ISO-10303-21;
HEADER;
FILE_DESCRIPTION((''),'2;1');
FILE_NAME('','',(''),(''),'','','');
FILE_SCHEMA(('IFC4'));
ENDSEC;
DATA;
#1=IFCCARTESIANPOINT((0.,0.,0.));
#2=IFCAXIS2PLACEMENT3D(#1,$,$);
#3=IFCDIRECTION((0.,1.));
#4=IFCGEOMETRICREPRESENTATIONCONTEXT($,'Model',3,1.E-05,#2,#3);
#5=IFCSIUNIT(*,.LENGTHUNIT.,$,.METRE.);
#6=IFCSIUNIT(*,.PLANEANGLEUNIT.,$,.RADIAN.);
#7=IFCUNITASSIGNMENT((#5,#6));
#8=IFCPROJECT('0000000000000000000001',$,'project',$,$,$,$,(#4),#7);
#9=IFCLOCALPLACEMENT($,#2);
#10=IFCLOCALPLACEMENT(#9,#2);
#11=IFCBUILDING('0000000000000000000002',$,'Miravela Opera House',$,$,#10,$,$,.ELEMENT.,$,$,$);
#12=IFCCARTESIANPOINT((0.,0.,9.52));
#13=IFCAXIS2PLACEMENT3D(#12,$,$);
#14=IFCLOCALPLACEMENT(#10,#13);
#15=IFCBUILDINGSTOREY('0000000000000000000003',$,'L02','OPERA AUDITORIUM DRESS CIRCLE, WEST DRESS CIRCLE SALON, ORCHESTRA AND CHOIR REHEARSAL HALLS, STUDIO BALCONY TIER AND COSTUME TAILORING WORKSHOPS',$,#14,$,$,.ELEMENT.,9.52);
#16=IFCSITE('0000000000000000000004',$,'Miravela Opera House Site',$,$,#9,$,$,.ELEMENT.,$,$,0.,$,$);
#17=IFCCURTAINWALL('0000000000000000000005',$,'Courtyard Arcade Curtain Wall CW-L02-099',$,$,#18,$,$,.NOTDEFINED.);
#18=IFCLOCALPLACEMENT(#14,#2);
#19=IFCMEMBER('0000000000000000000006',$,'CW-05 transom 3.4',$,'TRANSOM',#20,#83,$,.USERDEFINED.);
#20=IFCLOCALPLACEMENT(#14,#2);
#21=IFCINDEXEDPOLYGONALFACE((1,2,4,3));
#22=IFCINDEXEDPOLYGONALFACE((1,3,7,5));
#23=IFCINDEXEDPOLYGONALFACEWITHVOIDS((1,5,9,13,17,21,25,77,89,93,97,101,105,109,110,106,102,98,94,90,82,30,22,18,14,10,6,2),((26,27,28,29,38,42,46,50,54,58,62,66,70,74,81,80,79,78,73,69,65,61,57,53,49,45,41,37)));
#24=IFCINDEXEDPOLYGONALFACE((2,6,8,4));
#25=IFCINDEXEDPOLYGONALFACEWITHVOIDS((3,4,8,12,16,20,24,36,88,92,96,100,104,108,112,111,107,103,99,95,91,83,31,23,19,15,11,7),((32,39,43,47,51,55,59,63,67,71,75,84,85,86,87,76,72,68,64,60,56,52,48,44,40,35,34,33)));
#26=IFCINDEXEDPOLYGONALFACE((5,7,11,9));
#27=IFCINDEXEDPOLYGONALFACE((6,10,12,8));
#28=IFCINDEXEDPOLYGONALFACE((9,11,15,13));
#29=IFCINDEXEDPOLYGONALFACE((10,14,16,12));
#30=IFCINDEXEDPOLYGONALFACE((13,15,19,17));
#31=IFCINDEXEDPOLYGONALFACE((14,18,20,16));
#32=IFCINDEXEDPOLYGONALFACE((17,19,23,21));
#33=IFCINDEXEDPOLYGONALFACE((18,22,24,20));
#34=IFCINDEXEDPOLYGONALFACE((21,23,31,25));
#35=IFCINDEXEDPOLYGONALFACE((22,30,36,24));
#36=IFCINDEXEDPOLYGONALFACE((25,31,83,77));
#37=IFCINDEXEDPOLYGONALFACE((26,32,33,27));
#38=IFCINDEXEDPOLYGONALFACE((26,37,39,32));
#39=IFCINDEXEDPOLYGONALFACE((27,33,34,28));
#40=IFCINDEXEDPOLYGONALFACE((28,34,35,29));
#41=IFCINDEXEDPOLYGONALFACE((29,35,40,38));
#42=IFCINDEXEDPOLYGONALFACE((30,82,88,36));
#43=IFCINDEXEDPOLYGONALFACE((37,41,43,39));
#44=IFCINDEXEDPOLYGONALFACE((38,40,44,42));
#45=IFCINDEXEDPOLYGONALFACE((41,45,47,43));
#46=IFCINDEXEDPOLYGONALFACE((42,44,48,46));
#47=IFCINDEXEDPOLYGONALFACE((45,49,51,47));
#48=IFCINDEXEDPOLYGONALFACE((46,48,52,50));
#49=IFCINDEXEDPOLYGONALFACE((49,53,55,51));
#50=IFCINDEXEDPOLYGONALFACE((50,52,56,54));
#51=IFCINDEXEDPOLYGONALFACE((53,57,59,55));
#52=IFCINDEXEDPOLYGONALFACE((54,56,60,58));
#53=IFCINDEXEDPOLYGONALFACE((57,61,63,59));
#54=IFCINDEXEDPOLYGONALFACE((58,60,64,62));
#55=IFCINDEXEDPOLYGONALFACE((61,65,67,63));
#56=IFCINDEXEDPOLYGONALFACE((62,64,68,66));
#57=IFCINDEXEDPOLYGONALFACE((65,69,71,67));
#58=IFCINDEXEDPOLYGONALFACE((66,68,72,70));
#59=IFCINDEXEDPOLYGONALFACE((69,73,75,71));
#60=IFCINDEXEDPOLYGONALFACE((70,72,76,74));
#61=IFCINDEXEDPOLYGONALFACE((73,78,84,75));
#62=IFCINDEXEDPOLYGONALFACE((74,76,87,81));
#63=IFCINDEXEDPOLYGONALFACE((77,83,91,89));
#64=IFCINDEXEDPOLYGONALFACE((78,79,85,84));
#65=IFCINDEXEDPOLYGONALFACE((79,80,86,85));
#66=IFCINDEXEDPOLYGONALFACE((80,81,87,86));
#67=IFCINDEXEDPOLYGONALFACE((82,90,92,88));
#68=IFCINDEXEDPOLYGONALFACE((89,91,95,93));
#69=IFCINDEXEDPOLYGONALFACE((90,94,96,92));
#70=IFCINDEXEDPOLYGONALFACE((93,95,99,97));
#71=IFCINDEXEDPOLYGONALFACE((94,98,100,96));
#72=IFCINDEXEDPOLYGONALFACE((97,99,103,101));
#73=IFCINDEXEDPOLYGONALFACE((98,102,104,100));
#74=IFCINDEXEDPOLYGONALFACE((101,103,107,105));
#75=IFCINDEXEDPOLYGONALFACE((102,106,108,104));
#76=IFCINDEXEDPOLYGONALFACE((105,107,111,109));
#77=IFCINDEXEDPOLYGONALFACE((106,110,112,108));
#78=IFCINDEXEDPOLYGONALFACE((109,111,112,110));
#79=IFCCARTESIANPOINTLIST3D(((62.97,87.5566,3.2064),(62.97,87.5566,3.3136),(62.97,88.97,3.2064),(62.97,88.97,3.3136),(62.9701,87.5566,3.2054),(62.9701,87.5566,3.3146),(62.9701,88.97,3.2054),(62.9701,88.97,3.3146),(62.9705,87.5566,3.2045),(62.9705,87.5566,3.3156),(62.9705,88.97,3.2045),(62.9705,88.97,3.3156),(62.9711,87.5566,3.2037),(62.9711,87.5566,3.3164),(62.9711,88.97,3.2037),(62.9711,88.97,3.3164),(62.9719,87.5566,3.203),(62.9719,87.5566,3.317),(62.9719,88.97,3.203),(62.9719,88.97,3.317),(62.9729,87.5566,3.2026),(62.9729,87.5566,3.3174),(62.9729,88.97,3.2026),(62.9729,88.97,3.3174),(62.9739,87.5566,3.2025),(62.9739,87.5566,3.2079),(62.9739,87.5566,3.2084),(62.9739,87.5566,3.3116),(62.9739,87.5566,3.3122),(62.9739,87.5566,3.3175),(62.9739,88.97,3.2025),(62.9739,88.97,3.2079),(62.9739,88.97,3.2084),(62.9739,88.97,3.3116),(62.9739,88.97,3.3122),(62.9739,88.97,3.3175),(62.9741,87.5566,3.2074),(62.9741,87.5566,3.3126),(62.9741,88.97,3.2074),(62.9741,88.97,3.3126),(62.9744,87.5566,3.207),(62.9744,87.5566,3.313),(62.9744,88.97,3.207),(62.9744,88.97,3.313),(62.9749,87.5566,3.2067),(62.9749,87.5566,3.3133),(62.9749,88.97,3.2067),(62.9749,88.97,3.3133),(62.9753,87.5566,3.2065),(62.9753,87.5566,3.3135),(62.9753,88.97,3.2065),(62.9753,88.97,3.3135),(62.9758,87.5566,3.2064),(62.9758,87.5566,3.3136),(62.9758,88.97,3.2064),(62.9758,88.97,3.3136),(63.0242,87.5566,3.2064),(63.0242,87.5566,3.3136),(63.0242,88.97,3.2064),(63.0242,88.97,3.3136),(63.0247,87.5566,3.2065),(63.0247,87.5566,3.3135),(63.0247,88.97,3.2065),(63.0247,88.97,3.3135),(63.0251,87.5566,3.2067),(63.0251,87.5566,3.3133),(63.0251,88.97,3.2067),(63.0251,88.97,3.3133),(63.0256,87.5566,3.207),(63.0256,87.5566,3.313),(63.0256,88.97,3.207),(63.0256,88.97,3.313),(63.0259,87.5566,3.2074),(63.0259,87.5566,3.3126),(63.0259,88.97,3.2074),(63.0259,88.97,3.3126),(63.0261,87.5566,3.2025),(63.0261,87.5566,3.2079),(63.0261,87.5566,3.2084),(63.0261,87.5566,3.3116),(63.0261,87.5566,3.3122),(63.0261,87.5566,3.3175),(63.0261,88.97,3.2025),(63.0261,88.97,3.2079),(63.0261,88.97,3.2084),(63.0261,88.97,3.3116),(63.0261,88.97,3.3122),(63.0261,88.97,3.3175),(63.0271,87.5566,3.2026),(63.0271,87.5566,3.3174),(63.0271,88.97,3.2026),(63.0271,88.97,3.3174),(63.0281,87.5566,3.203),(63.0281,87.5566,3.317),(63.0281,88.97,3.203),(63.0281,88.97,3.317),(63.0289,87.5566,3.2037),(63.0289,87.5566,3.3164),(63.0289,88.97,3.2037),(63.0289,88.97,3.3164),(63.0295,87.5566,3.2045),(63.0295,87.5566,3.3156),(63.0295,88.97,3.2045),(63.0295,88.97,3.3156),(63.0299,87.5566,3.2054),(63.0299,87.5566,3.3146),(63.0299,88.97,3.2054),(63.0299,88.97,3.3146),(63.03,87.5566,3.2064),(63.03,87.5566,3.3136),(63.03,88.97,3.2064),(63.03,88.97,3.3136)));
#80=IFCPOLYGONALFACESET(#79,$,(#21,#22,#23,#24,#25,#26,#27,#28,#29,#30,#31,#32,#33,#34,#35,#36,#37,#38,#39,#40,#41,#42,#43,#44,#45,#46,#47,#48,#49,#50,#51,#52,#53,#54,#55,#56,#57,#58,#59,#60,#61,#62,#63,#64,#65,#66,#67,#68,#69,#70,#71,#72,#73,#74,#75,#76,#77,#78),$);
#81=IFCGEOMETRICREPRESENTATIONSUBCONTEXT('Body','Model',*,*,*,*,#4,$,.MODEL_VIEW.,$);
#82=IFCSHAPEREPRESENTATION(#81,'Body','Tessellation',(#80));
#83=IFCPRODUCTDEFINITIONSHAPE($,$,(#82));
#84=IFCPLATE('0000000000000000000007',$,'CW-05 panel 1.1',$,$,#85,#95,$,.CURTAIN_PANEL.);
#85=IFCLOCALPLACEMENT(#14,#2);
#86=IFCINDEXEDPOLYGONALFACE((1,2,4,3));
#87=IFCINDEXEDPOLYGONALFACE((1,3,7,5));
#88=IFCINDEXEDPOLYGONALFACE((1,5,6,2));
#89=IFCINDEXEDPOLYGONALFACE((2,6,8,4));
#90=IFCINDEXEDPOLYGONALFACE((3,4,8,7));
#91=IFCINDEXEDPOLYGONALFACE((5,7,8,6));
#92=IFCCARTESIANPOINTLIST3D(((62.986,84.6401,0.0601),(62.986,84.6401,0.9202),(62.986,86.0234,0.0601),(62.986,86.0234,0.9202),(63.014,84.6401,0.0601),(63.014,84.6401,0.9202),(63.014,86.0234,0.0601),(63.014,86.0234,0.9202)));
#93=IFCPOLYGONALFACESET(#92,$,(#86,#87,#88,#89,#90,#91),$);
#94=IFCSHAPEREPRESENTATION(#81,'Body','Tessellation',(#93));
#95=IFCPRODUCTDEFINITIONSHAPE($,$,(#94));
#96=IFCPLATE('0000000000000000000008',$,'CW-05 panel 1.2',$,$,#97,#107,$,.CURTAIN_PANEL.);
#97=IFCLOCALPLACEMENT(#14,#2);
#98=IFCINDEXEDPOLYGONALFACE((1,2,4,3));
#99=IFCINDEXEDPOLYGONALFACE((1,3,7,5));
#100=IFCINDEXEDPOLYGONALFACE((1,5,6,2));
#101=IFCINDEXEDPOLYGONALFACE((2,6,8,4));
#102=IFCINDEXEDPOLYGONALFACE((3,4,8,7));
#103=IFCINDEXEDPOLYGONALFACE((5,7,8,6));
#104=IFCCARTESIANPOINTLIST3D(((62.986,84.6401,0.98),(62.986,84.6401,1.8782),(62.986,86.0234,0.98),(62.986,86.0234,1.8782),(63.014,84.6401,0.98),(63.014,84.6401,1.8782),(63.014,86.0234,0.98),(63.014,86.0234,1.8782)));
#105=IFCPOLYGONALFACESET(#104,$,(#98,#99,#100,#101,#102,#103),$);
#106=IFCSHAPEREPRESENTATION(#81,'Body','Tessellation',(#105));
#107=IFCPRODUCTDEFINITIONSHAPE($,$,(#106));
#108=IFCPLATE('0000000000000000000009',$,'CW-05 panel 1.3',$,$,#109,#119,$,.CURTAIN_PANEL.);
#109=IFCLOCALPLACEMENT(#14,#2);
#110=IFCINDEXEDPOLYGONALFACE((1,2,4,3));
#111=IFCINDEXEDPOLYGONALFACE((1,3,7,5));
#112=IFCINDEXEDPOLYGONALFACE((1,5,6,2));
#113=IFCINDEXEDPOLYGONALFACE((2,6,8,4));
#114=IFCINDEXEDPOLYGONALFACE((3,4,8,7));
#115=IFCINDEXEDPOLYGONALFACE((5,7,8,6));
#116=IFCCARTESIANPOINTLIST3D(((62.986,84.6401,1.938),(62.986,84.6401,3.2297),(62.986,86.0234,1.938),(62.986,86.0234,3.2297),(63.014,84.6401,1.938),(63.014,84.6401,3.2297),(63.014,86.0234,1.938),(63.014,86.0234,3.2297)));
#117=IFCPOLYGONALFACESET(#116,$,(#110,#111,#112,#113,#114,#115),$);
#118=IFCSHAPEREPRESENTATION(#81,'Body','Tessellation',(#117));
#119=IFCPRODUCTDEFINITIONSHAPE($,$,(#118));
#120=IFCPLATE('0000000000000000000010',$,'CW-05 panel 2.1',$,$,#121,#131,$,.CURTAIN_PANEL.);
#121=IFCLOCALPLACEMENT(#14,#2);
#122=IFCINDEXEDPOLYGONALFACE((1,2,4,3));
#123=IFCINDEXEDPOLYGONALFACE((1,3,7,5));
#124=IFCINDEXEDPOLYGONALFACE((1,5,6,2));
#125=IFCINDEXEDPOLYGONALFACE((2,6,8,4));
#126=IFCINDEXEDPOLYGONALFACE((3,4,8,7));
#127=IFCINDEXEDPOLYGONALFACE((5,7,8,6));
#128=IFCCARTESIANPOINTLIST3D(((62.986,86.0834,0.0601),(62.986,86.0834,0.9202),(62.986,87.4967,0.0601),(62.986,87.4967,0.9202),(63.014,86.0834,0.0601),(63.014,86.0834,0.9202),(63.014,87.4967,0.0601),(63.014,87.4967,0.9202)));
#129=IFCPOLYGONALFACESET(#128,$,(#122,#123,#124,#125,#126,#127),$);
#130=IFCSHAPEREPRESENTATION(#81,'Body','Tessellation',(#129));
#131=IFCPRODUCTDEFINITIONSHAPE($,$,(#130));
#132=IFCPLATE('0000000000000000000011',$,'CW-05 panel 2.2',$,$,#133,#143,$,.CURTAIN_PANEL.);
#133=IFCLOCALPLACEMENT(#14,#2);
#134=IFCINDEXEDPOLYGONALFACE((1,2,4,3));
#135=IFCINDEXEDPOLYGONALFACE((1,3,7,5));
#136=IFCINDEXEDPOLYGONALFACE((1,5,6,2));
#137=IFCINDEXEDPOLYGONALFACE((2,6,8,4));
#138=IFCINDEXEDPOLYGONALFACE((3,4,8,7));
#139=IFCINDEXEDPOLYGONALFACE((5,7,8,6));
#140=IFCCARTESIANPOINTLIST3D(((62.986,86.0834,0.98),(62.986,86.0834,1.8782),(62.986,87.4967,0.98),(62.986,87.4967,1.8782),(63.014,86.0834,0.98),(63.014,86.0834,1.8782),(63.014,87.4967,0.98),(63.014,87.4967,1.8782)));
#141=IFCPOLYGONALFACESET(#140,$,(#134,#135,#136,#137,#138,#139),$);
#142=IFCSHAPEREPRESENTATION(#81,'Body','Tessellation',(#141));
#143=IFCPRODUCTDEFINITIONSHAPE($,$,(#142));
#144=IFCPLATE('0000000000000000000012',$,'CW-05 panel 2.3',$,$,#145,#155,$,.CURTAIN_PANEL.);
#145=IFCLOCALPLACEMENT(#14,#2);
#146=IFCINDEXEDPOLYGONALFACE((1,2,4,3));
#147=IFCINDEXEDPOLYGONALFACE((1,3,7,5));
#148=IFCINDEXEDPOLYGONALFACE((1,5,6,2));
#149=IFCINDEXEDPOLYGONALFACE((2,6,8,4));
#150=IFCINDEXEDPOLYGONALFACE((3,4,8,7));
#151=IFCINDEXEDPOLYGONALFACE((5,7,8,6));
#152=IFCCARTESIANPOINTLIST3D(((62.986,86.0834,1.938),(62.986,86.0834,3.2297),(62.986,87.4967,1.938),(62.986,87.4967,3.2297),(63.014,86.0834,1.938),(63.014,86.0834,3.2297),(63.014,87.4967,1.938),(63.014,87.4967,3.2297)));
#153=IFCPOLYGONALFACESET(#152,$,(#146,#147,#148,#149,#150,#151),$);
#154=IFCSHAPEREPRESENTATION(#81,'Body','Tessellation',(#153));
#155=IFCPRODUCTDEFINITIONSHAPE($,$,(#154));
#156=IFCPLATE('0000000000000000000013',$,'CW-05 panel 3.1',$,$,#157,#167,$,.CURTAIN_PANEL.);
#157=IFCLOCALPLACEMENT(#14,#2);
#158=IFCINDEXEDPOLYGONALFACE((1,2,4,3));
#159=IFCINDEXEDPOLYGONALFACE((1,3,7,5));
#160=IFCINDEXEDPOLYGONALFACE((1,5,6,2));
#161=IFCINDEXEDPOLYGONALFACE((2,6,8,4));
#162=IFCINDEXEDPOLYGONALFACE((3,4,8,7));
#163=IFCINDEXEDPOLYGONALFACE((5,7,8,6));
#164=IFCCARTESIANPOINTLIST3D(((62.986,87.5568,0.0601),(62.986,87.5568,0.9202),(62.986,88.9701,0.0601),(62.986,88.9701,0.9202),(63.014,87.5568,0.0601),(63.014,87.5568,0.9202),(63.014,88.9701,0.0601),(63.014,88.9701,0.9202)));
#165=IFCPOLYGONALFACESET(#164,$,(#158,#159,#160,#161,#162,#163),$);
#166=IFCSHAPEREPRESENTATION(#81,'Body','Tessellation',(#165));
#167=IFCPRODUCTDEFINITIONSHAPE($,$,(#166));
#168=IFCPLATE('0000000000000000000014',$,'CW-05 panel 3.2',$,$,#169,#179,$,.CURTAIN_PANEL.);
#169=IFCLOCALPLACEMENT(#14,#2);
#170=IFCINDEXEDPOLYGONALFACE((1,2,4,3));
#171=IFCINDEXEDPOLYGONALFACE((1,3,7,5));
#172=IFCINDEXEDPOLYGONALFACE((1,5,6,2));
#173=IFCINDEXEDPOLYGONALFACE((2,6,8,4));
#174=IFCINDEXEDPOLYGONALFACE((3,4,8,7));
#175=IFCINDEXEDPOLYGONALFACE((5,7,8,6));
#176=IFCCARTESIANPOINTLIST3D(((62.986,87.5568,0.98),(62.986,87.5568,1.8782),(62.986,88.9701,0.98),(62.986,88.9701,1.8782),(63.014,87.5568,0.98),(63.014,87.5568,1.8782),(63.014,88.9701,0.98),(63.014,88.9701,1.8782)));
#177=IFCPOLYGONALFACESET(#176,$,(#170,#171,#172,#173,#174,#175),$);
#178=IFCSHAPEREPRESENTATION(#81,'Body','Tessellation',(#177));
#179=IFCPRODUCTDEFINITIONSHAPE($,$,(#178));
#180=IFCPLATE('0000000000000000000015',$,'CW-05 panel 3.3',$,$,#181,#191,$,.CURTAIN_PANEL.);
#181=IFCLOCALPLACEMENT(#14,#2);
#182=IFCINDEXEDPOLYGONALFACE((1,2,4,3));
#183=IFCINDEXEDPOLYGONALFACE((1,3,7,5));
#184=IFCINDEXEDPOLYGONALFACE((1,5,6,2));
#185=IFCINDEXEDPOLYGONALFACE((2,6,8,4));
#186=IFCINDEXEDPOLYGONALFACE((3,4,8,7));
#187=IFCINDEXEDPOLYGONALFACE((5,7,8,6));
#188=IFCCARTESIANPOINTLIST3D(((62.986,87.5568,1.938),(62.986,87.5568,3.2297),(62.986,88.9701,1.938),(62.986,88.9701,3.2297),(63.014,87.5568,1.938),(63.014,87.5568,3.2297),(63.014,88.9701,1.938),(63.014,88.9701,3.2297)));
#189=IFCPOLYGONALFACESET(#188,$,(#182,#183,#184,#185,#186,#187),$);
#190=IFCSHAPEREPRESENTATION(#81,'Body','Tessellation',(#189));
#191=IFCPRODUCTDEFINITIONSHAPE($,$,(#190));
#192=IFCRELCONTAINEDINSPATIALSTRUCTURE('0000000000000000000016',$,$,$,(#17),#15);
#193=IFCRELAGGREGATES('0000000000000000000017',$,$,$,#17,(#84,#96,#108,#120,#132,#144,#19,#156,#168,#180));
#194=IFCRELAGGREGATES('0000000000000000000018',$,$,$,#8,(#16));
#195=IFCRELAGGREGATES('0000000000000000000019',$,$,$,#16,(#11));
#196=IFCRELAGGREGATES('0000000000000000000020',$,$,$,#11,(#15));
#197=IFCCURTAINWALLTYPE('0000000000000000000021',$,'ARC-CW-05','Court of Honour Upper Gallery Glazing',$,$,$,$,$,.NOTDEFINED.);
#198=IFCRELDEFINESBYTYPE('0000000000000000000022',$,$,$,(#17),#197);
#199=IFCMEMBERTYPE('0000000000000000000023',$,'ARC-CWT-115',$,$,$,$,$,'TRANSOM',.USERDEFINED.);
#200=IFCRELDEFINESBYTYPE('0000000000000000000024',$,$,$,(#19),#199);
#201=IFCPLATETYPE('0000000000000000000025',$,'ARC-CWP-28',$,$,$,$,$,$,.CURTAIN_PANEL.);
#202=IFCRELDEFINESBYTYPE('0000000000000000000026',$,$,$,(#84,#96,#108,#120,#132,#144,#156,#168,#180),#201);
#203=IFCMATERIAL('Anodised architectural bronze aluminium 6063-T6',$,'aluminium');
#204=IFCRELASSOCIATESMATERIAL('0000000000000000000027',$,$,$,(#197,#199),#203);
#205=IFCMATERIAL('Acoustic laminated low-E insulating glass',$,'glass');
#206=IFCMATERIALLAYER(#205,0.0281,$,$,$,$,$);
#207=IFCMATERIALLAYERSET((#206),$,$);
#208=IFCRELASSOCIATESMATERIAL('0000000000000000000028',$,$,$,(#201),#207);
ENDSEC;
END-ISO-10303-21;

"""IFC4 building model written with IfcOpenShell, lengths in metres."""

from ifc_helpers import new_model, si_unit, direction, frame, origin, origin_2d, place, context, subcontext, project, spatial, rectangle, hollow_rectangle, extrude, material, layer, layer_set, material_profile, profile_set, type_object, element, aggregate, save


model = new_model("IFC4")

# Units and contexts
model_context = context("Model", 3, precision=1e-05, world=origin(), true_north=direction((0.0, 1.0)))
body_context = subcontext(model_context, "Body", "Model", "MODEL_VIEW")
ifc_project = project(units=[si_unit("LENGTHUNIT", "METRE"), si_unit("PLANEANGLEUNIT", "RADIAN")], contexts=[model_context])

# Site, building, storey
site_placement = place(None, origin())
site = spatial("IfcSite", under=ifc_project, at=site_placement, Name="Miravela Opera House Site", CompositionType="ELEMENT", RefElevation=0.0)
building_placement = place(site_placement, origin())
building = spatial("IfcBuilding", under=site, at=building_placement, Name="Miravela Opera House", CompositionType="ELEMENT")
storey_placement = place(building_placement, frame((0.0, 0.0, 9.52)))
storey = spatial("IfcBuildingStorey", under=building, at=storey_placement, Name="L02", Description="OPERA AUDITORIUM DRESS CIRCLE, WEST DRESS CIRCLE SALON, ORCHESTRA AND CHOIR REHEARSAL HALLS, STUDIO BALCONY TIER AND COSTUME TAILORING WORKSHOPS", CompositionType="ELEMENT", Elevation=9.52)

# Curtain wall, member, plates
ifc_material_1 = material(Name="Anodised architectural bronze aluminium 6063-T6", Category="aluminium")
curtain_wall_type = type_object("IfcCurtainWallType", Name="ARC-CW-05", Description="Court of Honour Upper Gallery Glazing", PredefinedType="NOTDEFINED", material=ifc_material_1)
curtain_wall_placement = place(storey_placement, origin())
curtain_wall = element("IfcCurtainWall", 1, at=curtain_wall_placement, inside=storey, type_object=curtain_wall_type, Name="Courtyard Arcade Curtain Wall CW-L02-099", PredefinedType="NOTDEFINED")
ifc_material_profile_1 = material_profile(ifc_material_1, hollow_rectangle(XDim=0.0601, YDim=0.115, WallThickness=0.0039, InnerFilletRadius=0.002, OuterFilletRadius=0.0039, at=origin_2d()), Name="CWT-60X115")
ifc_profile_set_1 = profile_set([ifc_material_profile_1])
member_type_1 = type_object("IfcMemberType", Name="ARC-CWT-115", ElementType="TRANSOM", PredefinedType="USERDEFINED", material=ifc_profile_set_1)
member_1_placement = place(storey_placement, frame((63.0, 87.5566, 3.26), z_axis=(0.0, 1.0, 0.0), x_axis=(-1.0, 0.0, 0.0)))
member_1 = element("IfcMember", 2, at=member_1_placement, type_object=member_type_1, Name="CW-05 transom 3.4", ObjectType="TRANSOM", PredefinedType="USERDEFINED", context=body_context, shape_type="SweptSolid", body=[
    extrude(hollow_rectangle(XDim=0.0601, YDim=0.115, WallThickness=0.0039, InnerFilletRadius=0.002, OuterFilletRadius=0.0039, at=origin_2d()), origin(), (0.0, 0.0, 1.0), 1.4133),
])
ifc_material_2 = material(Name="Acoustic laminated low-E insulating glass", Category="glass")
ifc_layer = layer(ifc_material_2, 0.0281)
ifc_layer_set = layer_set([ifc_layer])
plate_type = type_object("IfcPlateType", Name="ARC-CWP-28", PredefinedType="CURTAIN_PANEL", material=ifc_layer_set)
plate_1_placement = place(storey_placement, frame((63.0, 85.3318, 0.0601), z_axis=(0.0, 0.0, 1.0), x_axis=(0.0, 1.0, 0.0)))
plate_1 = element("IfcPlate", 3, at=plate_1_placement, type_object=plate_type, Name="CW-05 panel 1.1", PredefinedType="CURTAIN_PANEL", context=body_context, shape_type="SweptSolid", body=[
    extrude(rectangle(XDim=1.3833, YDim=0.0281, at=origin_2d()), origin(), (0.0, 0.0, 1.0), 0.8601),
])
plate_2_placement = place(storey_placement, frame((63.0, 85.3318, 0.98), z_axis=(0.0, 0.0, 1.0), x_axis=(0.0, 1.0, 0.0)))
plate_2 = element("IfcPlate", 4, at=plate_2_placement, type_object=plate_type, Name="CW-05 panel 1.2", PredefinedType="CURTAIN_PANEL", context=body_context, shape_type="SweptSolid", body=[
    extrude(rectangle(XDim=1.3833, YDim=0.0281, at=origin_2d()), origin(), (0.0, 0.0, 1.0), 0.8982),
])
plate_3_placement = place(storey_placement, frame((63.0, 85.3318, 1.938), z_axis=(0.0, 0.0, 1.0), x_axis=(0.0, 1.0, 0.0)))
plate_3 = element("IfcPlate", 5, at=plate_3_placement, type_object=plate_type, Name="CW-05 panel 1.3", PredefinedType="CURTAIN_PANEL", context=body_context, shape_type="SweptSolid", body=[
    extrude(rectangle(XDim=1.3833, YDim=0.0281, at=origin_2d()), origin(), (0.0, 0.0, 1.0), 1.2917),
])
plate_4_placement = place(storey_placement, frame((63.0, 86.79, 0.0601), z_axis=(0.0, 0.0, 1.0), x_axis=(0.0, 1.0, 0.0)))
plate_4 = element("IfcPlate", 6, at=plate_4_placement, type_object=plate_type, Name="CW-05 panel 2.1", PredefinedType="CURTAIN_PANEL", context=body_context, shape_type="SweptSolid", body=[
    extrude(rectangle(XDim=1.4133, YDim=0.0281, at=origin_2d()), origin(), (0.0, 0.0, 1.0), 0.8601),
])
plate_5_placement = place(storey_placement, frame((63.0, 86.79, 0.98), z_axis=(0.0, 0.0, 1.0), x_axis=(0.0, 1.0, 0.0)))
plate_5 = element("IfcPlate", 7, at=plate_5_placement, type_object=plate_type, Name="CW-05 panel 2.2", PredefinedType="CURTAIN_PANEL", context=body_context, shape_type="SweptSolid", body=[
    extrude(rectangle(XDim=1.4133, YDim=0.0281, at=origin_2d()), origin(), (0.0, 0.0, 1.0), 0.8982),
])
plate_6_placement = place(storey_placement, frame((63.0, 86.79, 1.938), z_axis=(0.0, 0.0, 1.0), x_axis=(0.0, 1.0, 0.0)))
plate_6 = element("IfcPlate", 8, at=plate_6_placement, type_object=plate_type, Name="CW-05 panel 2.3", PredefinedType="CURTAIN_PANEL", context=body_context, shape_type="SweptSolid", body=[
    extrude(rectangle(XDim=1.4133, YDim=0.0281, at=origin_2d()), origin(), (0.0, 0.0, 1.0), 1.2917),
])
plate_7_placement = place(storey_placement, frame((63.0, 88.2634, 0.0601), z_axis=(0.0, 0.0, 1.0), x_axis=(0.0, 1.0, 0.0)))
plate_7 = element("IfcPlate", 9, at=plate_7_placement, type_object=plate_type, Name="CW-05 panel 3.1", PredefinedType="CURTAIN_PANEL", context=body_context, shape_type="SweptSolid", body=[
    extrude(rectangle(XDim=1.4133, YDim=0.0281, at=origin_2d()), origin(), (0.0, 0.0, 1.0), 0.8601),
])
plate_8_placement = place(storey_placement, frame((63.0, 88.2634, 0.98), z_axis=(0.0, 0.0, 1.0), x_axis=(0.0, 1.0, 0.0)))
plate_8 = element("IfcPlate", 10, at=plate_8_placement, type_object=plate_type, Name="CW-05 panel 3.2", PredefinedType="CURTAIN_PANEL", context=body_context, shape_type="SweptSolid", body=[
    extrude(rectangle(XDim=1.4133, YDim=0.0281, at=origin_2d()), origin(), (0.0, 0.0, 1.0), 0.8982),
])
plate_9_placement = place(storey_placement, frame((63.0, 88.2634, 1.938), z_axis=(0.0, 0.0, 1.0), x_axis=(0.0, 1.0, 0.0)))
plate_9 = element("IfcPlate", 11, at=plate_9_placement, type_object=plate_type, Name="CW-05 panel 3.3", PredefinedType="CURTAIN_PANEL", context=body_context, shape_type="SweptSolid", body=[
    extrude(rectangle(XDim=1.4133, YDim=0.0281, at=origin_2d()), origin(), (0.0, 0.0, 1.0), 1.2917),
])
aggregate(curtain_wall, [plate_1, plate_2, plate_3, plate_4, plate_5, plate_6, member_1, plate_7, plate_8, plate_9])

save(model, "model.ifc")
